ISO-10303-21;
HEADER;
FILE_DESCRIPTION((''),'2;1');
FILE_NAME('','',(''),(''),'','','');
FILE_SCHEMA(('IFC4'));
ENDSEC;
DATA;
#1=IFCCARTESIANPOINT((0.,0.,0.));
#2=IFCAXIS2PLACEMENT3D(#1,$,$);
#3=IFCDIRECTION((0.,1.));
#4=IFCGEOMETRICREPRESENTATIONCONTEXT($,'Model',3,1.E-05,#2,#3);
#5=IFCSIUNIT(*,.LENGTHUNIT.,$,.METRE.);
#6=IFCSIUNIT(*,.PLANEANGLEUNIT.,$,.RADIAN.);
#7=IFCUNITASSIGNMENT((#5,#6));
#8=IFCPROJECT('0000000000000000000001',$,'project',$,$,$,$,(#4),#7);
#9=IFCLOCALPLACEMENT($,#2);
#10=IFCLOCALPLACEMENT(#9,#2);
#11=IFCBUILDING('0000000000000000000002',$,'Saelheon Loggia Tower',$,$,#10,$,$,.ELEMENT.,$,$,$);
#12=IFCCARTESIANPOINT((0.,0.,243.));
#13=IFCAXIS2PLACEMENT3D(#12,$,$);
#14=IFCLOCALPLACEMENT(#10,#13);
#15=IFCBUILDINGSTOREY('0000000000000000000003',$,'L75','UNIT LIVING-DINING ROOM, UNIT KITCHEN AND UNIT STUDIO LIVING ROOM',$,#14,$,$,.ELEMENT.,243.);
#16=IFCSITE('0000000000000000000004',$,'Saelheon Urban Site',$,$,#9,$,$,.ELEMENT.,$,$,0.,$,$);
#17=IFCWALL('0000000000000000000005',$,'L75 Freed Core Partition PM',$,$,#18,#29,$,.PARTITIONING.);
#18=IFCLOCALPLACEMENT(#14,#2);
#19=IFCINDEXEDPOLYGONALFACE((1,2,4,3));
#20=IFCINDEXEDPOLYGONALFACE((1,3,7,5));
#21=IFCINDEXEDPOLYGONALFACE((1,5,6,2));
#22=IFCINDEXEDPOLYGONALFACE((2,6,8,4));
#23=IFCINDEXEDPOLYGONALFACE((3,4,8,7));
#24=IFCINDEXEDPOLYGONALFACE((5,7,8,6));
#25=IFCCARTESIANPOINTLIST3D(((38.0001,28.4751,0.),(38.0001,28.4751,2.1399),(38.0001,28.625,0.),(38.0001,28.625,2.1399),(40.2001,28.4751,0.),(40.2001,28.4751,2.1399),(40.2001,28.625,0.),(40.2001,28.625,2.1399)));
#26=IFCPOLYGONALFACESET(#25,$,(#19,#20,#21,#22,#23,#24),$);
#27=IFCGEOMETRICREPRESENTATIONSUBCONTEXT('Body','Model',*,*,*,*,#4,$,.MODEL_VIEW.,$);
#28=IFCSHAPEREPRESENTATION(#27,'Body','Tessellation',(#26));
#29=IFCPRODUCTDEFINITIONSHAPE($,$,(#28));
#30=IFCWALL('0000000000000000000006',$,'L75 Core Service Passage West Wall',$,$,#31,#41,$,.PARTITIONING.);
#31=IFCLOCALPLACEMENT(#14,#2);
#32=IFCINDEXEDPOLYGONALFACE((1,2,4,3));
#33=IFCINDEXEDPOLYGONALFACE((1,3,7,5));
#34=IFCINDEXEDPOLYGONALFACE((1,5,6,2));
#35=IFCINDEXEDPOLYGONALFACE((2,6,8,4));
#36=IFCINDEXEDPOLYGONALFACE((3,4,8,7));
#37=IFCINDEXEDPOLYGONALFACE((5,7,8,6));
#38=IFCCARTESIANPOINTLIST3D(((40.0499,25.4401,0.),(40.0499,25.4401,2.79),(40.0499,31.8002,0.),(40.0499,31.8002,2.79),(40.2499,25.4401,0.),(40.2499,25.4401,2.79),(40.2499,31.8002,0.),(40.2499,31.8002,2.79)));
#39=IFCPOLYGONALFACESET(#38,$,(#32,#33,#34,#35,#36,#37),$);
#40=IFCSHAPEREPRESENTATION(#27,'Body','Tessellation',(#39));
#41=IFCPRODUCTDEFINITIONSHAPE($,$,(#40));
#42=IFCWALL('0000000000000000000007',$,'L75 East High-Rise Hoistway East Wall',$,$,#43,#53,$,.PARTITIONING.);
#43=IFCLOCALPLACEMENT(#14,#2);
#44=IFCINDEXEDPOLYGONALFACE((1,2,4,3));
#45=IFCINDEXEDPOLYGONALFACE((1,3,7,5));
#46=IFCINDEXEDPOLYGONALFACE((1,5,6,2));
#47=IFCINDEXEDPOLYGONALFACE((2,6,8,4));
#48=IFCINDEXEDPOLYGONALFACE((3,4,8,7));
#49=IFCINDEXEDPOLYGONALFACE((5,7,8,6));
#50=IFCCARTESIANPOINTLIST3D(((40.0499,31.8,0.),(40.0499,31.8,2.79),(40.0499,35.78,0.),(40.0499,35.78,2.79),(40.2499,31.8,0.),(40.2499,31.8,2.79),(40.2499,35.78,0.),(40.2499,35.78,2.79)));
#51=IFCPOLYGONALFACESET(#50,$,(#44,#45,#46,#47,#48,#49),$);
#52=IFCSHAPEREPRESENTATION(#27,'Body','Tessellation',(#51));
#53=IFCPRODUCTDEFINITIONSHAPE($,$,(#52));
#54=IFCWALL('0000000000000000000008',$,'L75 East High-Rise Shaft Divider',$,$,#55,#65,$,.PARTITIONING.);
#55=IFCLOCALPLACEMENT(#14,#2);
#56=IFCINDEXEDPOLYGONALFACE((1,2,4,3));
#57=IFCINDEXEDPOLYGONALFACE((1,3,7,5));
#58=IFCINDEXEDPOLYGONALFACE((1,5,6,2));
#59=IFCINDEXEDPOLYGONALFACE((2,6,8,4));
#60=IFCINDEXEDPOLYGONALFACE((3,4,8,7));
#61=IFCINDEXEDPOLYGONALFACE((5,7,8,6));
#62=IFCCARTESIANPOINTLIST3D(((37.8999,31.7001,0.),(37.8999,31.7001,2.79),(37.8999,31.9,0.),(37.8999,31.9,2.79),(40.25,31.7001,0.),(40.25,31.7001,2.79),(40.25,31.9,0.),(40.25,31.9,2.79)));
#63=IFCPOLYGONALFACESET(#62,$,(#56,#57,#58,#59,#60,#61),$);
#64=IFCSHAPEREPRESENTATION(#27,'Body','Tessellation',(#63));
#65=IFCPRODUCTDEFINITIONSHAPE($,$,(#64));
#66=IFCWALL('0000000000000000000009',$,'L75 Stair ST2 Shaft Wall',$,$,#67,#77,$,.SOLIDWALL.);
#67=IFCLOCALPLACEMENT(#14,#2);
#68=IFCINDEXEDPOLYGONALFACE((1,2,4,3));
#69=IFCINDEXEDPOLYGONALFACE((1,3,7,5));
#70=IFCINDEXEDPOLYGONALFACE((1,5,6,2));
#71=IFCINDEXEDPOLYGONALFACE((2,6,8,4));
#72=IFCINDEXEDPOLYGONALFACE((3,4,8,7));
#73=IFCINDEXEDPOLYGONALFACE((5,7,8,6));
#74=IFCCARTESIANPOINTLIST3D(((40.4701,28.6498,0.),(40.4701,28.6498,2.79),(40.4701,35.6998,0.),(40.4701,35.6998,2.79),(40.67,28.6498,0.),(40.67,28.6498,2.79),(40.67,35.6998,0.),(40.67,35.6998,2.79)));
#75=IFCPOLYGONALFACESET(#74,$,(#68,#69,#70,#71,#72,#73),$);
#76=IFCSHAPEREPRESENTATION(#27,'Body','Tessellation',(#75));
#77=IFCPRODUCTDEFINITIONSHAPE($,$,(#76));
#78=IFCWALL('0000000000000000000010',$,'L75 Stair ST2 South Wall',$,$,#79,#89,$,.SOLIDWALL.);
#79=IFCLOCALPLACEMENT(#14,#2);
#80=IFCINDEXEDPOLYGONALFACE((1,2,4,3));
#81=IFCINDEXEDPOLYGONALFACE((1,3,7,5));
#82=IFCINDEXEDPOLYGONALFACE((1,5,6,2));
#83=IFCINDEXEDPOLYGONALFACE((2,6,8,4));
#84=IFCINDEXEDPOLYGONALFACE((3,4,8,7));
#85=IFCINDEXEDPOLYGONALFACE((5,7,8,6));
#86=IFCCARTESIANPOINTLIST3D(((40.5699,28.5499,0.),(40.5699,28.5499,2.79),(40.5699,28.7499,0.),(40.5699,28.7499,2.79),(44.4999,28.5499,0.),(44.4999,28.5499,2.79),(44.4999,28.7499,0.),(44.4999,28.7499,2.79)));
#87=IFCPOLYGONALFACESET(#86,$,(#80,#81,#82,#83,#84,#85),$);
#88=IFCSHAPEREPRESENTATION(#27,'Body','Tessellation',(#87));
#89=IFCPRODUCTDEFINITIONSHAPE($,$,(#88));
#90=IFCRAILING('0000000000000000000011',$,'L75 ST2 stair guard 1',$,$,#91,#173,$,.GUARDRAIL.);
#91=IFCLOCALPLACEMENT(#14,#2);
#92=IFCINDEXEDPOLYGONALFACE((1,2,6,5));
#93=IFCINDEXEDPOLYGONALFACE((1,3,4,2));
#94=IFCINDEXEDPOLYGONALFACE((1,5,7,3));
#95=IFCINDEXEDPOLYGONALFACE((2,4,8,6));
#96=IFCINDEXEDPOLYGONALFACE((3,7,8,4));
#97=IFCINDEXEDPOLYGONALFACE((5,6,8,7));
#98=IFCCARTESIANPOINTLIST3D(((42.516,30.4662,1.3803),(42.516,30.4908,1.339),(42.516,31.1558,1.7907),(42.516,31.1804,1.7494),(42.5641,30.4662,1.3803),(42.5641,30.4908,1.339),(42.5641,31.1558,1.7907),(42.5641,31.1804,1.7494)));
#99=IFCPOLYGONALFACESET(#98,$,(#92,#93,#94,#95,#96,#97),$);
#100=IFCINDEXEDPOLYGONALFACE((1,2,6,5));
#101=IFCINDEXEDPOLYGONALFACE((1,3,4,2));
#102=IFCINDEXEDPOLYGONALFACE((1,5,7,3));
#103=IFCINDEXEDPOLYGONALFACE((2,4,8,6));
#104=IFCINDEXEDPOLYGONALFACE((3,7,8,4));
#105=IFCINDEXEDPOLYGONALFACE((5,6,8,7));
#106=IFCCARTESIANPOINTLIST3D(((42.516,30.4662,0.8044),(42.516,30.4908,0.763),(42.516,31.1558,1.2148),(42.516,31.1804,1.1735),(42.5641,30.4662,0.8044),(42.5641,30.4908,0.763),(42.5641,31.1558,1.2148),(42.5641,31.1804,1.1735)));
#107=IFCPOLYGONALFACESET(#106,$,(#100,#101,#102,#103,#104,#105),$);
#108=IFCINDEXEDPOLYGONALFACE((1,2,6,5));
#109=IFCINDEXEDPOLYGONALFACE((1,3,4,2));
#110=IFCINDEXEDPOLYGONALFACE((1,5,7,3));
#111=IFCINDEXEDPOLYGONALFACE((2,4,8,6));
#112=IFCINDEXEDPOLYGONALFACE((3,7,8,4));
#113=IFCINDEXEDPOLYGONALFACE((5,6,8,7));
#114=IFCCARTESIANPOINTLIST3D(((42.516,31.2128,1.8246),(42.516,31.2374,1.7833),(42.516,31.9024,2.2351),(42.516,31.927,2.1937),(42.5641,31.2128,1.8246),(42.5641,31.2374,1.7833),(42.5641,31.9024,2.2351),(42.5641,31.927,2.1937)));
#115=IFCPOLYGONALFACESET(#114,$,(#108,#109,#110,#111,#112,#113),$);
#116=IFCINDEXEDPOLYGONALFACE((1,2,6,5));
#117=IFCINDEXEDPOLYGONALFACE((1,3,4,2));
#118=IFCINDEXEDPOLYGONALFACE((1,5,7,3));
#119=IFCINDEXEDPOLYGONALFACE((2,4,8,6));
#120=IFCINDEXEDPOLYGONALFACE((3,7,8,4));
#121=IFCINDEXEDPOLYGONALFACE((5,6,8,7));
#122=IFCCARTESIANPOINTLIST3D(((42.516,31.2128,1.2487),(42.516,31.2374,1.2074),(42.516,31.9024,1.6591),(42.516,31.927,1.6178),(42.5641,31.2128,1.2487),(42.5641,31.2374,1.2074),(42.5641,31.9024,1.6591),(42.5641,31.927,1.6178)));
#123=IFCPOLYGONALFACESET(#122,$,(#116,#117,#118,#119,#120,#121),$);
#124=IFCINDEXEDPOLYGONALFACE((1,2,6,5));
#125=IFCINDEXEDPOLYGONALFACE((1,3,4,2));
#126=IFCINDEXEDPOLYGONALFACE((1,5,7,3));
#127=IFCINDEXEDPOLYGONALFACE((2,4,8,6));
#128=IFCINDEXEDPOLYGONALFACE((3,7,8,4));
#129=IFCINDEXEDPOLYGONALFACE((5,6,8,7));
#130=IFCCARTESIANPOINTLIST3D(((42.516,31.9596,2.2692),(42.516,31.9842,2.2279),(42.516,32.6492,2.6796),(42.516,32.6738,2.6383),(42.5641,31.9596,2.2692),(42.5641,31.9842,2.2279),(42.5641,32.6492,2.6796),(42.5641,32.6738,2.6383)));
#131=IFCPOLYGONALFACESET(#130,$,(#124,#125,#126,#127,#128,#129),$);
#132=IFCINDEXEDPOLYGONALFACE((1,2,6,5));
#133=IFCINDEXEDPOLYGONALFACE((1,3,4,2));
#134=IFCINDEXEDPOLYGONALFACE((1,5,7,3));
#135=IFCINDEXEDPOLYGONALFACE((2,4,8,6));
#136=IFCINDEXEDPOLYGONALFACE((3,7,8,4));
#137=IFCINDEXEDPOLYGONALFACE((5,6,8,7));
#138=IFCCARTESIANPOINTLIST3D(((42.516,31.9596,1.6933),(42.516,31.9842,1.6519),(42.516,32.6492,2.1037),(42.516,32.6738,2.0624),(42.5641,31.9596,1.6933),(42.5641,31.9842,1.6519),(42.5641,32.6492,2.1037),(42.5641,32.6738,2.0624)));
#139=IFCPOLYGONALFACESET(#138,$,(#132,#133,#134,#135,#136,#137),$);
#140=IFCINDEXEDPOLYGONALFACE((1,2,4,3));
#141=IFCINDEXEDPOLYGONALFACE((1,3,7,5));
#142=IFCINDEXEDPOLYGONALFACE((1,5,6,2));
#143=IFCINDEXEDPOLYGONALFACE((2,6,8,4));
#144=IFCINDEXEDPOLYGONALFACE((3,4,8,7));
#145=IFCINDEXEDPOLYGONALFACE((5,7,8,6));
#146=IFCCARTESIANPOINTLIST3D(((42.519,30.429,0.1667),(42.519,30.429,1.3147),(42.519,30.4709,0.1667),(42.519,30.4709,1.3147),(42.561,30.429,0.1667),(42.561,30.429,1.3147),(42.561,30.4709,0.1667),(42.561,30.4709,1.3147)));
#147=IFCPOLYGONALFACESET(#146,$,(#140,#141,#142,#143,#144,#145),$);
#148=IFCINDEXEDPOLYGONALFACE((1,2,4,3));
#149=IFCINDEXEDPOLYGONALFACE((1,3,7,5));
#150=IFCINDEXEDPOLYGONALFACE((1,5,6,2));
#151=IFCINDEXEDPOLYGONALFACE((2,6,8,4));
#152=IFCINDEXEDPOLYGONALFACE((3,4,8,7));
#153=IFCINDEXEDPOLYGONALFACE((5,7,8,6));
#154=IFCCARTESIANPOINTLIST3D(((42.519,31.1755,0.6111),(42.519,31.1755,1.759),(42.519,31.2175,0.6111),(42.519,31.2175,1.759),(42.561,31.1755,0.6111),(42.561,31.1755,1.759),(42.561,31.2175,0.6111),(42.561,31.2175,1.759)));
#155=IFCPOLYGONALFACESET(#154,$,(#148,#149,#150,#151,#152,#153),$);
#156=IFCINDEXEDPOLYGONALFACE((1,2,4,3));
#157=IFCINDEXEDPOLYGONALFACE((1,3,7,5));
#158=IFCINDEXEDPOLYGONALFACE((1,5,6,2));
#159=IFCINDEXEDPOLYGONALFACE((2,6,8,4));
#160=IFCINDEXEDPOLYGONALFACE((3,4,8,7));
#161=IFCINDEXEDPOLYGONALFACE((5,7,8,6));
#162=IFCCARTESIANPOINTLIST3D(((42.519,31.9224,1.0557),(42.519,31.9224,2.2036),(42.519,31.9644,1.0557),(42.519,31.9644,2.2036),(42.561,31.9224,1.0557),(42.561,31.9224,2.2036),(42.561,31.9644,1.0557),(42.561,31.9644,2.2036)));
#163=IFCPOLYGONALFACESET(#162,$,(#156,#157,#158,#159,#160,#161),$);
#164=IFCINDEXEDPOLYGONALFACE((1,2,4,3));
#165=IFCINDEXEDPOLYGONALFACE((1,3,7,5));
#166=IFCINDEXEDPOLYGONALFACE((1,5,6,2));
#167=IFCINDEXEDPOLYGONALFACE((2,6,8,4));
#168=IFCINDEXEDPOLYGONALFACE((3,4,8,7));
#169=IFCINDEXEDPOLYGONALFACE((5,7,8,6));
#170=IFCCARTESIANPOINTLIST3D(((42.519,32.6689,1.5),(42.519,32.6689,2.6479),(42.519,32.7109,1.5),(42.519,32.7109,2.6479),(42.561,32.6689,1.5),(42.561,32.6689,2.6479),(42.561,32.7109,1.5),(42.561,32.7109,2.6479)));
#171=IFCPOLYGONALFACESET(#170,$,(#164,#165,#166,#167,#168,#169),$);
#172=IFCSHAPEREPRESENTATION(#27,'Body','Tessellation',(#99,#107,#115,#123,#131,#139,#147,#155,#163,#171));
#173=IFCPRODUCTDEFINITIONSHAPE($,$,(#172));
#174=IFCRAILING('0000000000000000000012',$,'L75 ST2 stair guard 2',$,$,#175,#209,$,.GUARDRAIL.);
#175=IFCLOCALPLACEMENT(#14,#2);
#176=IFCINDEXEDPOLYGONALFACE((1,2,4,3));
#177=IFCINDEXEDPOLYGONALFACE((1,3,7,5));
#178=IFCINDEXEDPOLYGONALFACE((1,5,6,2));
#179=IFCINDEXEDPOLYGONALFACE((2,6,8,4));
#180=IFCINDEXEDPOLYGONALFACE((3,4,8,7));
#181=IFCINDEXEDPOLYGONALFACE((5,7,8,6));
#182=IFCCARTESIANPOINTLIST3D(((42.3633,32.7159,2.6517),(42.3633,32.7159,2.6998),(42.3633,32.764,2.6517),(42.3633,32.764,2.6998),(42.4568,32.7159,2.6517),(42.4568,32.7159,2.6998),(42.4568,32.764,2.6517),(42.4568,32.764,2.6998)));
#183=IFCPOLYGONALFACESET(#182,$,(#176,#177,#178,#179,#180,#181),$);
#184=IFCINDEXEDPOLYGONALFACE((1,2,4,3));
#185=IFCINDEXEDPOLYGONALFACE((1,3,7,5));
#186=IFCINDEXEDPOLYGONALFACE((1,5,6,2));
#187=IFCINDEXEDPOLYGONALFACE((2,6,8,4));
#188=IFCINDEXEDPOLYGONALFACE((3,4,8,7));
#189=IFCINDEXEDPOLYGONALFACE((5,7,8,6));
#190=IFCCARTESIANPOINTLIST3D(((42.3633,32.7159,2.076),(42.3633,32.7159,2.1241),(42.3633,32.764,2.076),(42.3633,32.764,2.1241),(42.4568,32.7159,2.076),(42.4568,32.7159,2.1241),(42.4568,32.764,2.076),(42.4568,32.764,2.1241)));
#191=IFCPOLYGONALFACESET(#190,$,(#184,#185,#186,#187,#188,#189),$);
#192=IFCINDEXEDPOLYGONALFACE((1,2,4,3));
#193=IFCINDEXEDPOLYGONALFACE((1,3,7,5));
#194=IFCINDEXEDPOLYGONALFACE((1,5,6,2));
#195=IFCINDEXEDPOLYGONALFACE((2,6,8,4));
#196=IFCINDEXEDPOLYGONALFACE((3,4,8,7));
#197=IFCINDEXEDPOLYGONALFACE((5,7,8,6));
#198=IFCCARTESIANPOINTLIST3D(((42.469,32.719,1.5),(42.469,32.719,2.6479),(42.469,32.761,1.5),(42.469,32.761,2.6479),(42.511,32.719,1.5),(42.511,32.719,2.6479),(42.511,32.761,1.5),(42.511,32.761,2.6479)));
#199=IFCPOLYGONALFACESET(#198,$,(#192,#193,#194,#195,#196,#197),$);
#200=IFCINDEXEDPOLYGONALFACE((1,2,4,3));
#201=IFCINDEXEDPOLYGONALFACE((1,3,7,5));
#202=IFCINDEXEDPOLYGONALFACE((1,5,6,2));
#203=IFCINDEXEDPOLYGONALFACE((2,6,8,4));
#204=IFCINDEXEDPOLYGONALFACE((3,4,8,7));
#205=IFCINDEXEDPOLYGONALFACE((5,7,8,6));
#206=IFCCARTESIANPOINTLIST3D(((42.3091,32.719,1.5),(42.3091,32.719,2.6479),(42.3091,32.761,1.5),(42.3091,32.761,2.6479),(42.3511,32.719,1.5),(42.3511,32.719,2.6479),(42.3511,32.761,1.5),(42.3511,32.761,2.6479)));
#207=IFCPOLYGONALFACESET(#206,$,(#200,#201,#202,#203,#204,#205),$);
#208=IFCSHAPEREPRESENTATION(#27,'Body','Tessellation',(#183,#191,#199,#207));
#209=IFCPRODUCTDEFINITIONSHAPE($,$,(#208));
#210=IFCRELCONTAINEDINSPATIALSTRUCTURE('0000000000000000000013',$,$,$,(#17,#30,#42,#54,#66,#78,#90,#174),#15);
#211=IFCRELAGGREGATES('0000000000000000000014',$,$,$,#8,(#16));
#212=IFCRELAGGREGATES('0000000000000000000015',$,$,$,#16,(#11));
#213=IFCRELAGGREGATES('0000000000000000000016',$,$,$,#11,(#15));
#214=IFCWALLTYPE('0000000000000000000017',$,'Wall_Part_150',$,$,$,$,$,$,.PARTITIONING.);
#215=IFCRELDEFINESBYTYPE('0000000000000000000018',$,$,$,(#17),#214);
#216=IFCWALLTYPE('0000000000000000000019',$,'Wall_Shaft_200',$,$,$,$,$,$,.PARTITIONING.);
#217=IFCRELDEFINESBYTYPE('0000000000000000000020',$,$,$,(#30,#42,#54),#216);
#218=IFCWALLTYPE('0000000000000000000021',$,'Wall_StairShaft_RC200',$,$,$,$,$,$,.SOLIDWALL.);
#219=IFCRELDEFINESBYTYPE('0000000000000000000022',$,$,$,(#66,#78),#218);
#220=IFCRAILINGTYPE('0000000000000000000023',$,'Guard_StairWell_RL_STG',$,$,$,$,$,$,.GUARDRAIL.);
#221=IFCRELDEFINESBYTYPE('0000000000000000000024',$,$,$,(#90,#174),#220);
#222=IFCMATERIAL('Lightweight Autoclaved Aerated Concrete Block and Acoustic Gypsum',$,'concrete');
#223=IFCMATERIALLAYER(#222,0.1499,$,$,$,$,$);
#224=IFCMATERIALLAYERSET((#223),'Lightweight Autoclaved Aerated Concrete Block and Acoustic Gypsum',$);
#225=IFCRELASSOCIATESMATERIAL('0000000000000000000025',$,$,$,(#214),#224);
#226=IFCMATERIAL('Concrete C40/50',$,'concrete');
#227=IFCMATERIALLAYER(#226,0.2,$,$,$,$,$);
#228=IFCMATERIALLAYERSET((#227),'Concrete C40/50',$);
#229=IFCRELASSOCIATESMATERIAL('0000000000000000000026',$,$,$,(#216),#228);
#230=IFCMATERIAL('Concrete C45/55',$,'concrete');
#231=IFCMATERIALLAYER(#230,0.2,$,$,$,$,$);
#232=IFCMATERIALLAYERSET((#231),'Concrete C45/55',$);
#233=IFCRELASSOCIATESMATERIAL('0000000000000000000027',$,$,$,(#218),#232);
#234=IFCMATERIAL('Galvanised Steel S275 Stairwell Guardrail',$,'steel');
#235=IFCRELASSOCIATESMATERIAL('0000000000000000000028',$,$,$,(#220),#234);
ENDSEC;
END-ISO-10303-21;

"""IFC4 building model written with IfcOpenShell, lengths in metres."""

from ifc_helpers import new_model, si_unit, direction, frame, frame_2d, origin, origin_2d, place, context, subcontext, project, spatial, rectangle, extrude, material, layer, layer_set, type_object, element, save


model = new_model("IFC4")

# Units and contexts
model_context = context("Model", 3, precision=1e-05, world=origin(), true_north=direction((0.0, 1.0)))
body_context = subcontext(model_context, "Body", "Model", "MODEL_VIEW")
ifc_project = project(units=[si_unit("LENGTHUNIT", "METRE"), si_unit("PLANEANGLEUNIT", "RADIAN")], contexts=[model_context])

# Site, building, storey
site_placement = place(None, origin())
site = spatial("IfcSite", under=ifc_project, at=site_placement, Name="Saelheon Urban Site", CompositionType="ELEMENT", RefElevation=0.0)
building_placement = place(site_placement, origin())
building = spatial("IfcBuilding", under=site, at=building_placement, Name="Saelheon Loggia Tower", CompositionType="ELEMENT")
storey_placement = place(building_placement, frame((0.0, 0.0, 243.0)))
storey = spatial("IfcBuildingStorey", under=building, at=storey_placement, Name="L75", Description="UNIT LIVING-DINING ROOM, UNIT KITCHEN AND UNIT STUDIO LIVING ROOM", CompositionType="ELEMENT", Elevation=243.0)

# Walls
ifc_material_1 = material(Name="Lightweight Autoclaved Aerated Concrete Block and Acoustic Gypsum", Category="concrete")
ifc_layer_1 = layer(ifc_material_1, 0.1499)
ifc_layer_set_1 = layer_set([ifc_layer_1], Name="Lightweight Autoclaved Aerated Concrete Block and Acoustic Gypsum")
wall_type_1 = type_object("IfcWallType", Name="Wall_Part_150", PredefinedType="PARTITIONING", material=ifc_layer_set_1)
wall_1_placement = place(storey_placement, frame((38.0, 28.55, 0.0), z_axis=(0.0, 0.0, 1.0), x_axis=(1.0, 0.0, 0.0)))
element("IfcWall", 1, at=wall_1_placement, inside=storey, type_object=wall_type_1, Name="L75 Freed Core Partition PM", PredefinedType="PARTITIONING", context=body_context, shape_type="SweptSolid", body=[
    extrude(rectangle(XDim=2.2, YDim=0.1499, at=frame_2d((1.1001, 0.0))), origin(), (0.0, 0.0, 1.0), 2.1399),
])
ifc_material_2 = material(Name="Concrete C40/50", Category="concrete")
ifc_layer_2 = layer(ifc_material_2, 0.2)
ifc_layer_set_2 = layer_set([ifc_layer_2], Name="Concrete C40/50")
wall_type_2 = type_object("IfcWallType", Name="Wall_Shaft_200", PredefinedType="PARTITIONING", material=ifc_layer_set_2)
wall_2_placement = place(storey_placement, frame((40.1499, 25.4399, 0.0), z_axis=(0.0, 0.0, 1.0), x_axis=(0.0, 1.0, 0.0)))
element("IfcWall", 2, at=wall_2_placement, inside=storey, type_object=wall_type_2, Name="L75 Core Service Passage West Wall", PredefinedType="PARTITIONING", context=body_context, shape_type="SweptSolid", body=[
    extrude(rectangle(XDim=6.3601, YDim=0.2, at=frame_2d((3.1802, 0.0))), origin(), (0.0, 0.0, 1.0), 2.79),
])
wall_3_placement = place(storey_placement, frame((40.1499, 31.8, 0.0), z_axis=(0.0, 0.0, 1.0), x_axis=(0.0, 1.0, 0.0)))
element("IfcWall", 3, at=wall_3_placement, inside=storey, type_object=wall_type_2, Name="L75 East High-Rise Hoistway East Wall", PredefinedType="PARTITIONING", context=body_context, shape_type="SweptSolid", body=[
    extrude(rectangle(XDim=3.98, YDim=0.2, at=frame_2d((1.99, 0.0))), origin(), (0.0, 0.0, 1.0), 2.79),
])

# Walls
wall_4_placement = place(storey_placement, frame((37.8999, 31.8, 0.0), z_axis=(0.0, 0.0, 1.0), x_axis=(1.0, 0.0, 0.0)))
element("IfcWall", 4, at=wall_4_placement, inside=storey, type_object=wall_type_2, Name="L75 East High-Rise Shaft Divider", PredefinedType="PARTITIONING", context=body_context, shape_type="SweptSolid", body=[
    extrude(rectangle(XDim=2.3501, YDim=0.2, at=frame_2d((1.175, 0.0))), origin(), (0.0, 0.0, 1.0), 2.79),
])
ifc_material_3 = material(Name="Concrete C45/55", Category="concrete")
ifc_layer_3 = layer(ifc_material_3, 0.2)
ifc_layer_set_3 = layer_set([ifc_layer_3], Name="Concrete C45/55")
wall_type_3 = type_object("IfcWallType", Name="Wall_StairShaft_RC200", PredefinedType="SOLIDWALL", material=ifc_layer_set_3)
wall_5_placement = place(storey_placement, frame((40.5701, 28.6499, 0.0), z_axis=(0.0, 0.0, 1.0), x_axis=(0.0, 1.0, 0.0)))
element("IfcWall", 5, at=wall_5_placement, inside=storey, type_object=wall_type_3, Name="L75 Stair ST2 Shaft Wall", PredefinedType="SOLIDWALL", context=body_context, shape_type="SweptSolid", body=[
    extrude(rectangle(XDim=7.05, YDim=0.2, at=frame_2d((3.5249, 0.0))), origin(), (0.0, 0.0, 1.0), 2.79),
])
wall_6_placement = place(storey_placement, frame((40.5701, 28.6499, 0.0), z_axis=(0.0, 0.0, 1.0), x_axis=(1.0, 0.0, 0.0)))
element("IfcWall", 6, at=wall_6_placement, inside=storey, type_object=wall_type_3, Name="L75 Stair ST2 South Wall", PredefinedType="SOLIDWALL", context=body_context, shape_type="SweptSolid", body=[
    extrude(rectangle(XDim=3.9299, YDim=0.2, at=frame_2d((1.9648, 0.0))), origin(), (0.0, 0.0, 1.0), 2.79),
])

# Railings
ifc_material_4 = material(Name="Galvanised Steel S275 Stairwell Guardrail", Category="steel")
railing_type_1 = type_object("IfcRailingType", Name="Guard_StairWell_RL_STG", PredefinedType="GUARDRAIL", material=ifc_material_4)
railing_1_placement = place(storey_placement, frame((42.54, 30.45, 0.1667)))
element("IfcRailing", 7, at=railing_1_placement, inside=storey, type_object=railing_type_1, Name="L75 ST2 stair guard 1", PredefinedType="GUARDRAIL", context=body_context, shape_type="SweptSolid", body=[
    extrude(rectangle(XDim=0.0481, YDim=0.0481, at=origin_2d()), frame((0.0, 0.0286, 1.1929), z_axis=(0.0, 0.859306, 0.511462), x_axis=(-1.0, 0.0, 0.0)), (0.0, 0.0, 1.0), 0.8025),
    extrude(rectangle(XDim=0.0481, YDim=0.0481, at=origin_2d()), frame((0.0, 0.0286, 0.6169), z_axis=(0.0, 0.859306, 0.511462), x_axis=(-1.0, 0.0, 0.0)), (0.0, 0.0, 1.0), 0.8025),
    extrude(rectangle(XDim=0.0481, YDim=0.0481, at=origin_2d()), frame((0.0, 0.7751, 1.6372), z_axis=(0.0, 0.859306, 0.511462), x_axis=(-1.0, 0.0, 0.0)), (0.0, 0.0, 1.0), 0.8025),
    extrude(rectangle(XDim=0.0481, YDim=0.0481, at=origin_2d()), frame((0.0, 0.7751, 1.0613), z_axis=(0.0, 0.859306, 0.511462), x_axis=(-1.0, 0.0, 0.0)), (0.0, 0.0, 1.0), 0.8025),
    extrude(rectangle(XDim=0.0481, YDim=0.0481, at=origin_2d()), frame((0.0, 1.522, 2.0818), z_axis=(0.0, 0.859306, 0.511462), x_axis=(-1.0, 0.0, 0.0)), (0.0, 0.0, 1.0), 0.8025),
    extrude(rectangle(XDim=0.0481, YDim=0.0481, at=origin_2d()), frame((0.0, 1.522, 1.5059), z_axis=(0.0, 0.859306, 0.511462), x_axis=(-1.0, 0.0, 0.0)), (0.0, 0.0, 1.0), 0.8025),
    extrude(rectangle(XDim=0.042, YDim=0.042, at=origin_2d()), origin(), (0.0, 0.0, 1.0), 1.1479),
    extrude(rectangle(XDim=0.042, YDim=0.042, at=origin_2d()), frame((0.0, 0.7466, 0.4443)), (0.0, 0.0, 1.0), 1.1479),
    extrude(rectangle(XDim=0.042, YDim=0.042, at=origin_2d()), frame((0.0, 1.4934, 0.8889)), (0.0, 0.0, 1.0), 1.1479),
    extrude(rectangle(XDim=0.042, YDim=0.042, at=origin_2d()), frame((0.0, 2.24, 1.3333)), (0.0, 0.0, 1.0), 1.1479),
])
railing_2_placement = place(storey_placement, frame((42.49, 32.74, 1.5)))
element("IfcRailing", 8, at=railing_2_placement, inside=storey, type_object=railing_type_1, Name="L75 ST2 stair guard 2", PredefinedType="GUARDRAIL", context=body_context, shape_type="SweptSolid", body=[
    extrude(rectangle(XDim=0.0481, YDim=0.0481, at=origin_2d()), frame((-0.0332, 0.0, 1.1758), z_axis=(-1.0, 0.0, 0.0), x_axis=(0.0, -1.0, 0.0)), (0.0, 0.0, 1.0), 0.0935),
    extrude(rectangle(XDim=0.0481, YDim=0.0481, at=origin_2d()), frame((-0.0332, 0.0, 0.6001), z_axis=(-1.0, 0.0, 0.0), x_axis=(0.0, -1.0, 0.0)), (0.0, 0.0, 1.0), 0.0935),
    extrude(rectangle(XDim=0.042, YDim=0.042, at=origin_2d()), origin(), (0.0, 0.0, 1.0), 1.1479),
    extrude(rectangle(XDim=0.042, YDim=0.042, at=origin_2d()), frame((-0.1599, 0.0, 0.0)), (0.0, 0.0, 1.0), 1.1479),
])

save(model, "model.ifc")
